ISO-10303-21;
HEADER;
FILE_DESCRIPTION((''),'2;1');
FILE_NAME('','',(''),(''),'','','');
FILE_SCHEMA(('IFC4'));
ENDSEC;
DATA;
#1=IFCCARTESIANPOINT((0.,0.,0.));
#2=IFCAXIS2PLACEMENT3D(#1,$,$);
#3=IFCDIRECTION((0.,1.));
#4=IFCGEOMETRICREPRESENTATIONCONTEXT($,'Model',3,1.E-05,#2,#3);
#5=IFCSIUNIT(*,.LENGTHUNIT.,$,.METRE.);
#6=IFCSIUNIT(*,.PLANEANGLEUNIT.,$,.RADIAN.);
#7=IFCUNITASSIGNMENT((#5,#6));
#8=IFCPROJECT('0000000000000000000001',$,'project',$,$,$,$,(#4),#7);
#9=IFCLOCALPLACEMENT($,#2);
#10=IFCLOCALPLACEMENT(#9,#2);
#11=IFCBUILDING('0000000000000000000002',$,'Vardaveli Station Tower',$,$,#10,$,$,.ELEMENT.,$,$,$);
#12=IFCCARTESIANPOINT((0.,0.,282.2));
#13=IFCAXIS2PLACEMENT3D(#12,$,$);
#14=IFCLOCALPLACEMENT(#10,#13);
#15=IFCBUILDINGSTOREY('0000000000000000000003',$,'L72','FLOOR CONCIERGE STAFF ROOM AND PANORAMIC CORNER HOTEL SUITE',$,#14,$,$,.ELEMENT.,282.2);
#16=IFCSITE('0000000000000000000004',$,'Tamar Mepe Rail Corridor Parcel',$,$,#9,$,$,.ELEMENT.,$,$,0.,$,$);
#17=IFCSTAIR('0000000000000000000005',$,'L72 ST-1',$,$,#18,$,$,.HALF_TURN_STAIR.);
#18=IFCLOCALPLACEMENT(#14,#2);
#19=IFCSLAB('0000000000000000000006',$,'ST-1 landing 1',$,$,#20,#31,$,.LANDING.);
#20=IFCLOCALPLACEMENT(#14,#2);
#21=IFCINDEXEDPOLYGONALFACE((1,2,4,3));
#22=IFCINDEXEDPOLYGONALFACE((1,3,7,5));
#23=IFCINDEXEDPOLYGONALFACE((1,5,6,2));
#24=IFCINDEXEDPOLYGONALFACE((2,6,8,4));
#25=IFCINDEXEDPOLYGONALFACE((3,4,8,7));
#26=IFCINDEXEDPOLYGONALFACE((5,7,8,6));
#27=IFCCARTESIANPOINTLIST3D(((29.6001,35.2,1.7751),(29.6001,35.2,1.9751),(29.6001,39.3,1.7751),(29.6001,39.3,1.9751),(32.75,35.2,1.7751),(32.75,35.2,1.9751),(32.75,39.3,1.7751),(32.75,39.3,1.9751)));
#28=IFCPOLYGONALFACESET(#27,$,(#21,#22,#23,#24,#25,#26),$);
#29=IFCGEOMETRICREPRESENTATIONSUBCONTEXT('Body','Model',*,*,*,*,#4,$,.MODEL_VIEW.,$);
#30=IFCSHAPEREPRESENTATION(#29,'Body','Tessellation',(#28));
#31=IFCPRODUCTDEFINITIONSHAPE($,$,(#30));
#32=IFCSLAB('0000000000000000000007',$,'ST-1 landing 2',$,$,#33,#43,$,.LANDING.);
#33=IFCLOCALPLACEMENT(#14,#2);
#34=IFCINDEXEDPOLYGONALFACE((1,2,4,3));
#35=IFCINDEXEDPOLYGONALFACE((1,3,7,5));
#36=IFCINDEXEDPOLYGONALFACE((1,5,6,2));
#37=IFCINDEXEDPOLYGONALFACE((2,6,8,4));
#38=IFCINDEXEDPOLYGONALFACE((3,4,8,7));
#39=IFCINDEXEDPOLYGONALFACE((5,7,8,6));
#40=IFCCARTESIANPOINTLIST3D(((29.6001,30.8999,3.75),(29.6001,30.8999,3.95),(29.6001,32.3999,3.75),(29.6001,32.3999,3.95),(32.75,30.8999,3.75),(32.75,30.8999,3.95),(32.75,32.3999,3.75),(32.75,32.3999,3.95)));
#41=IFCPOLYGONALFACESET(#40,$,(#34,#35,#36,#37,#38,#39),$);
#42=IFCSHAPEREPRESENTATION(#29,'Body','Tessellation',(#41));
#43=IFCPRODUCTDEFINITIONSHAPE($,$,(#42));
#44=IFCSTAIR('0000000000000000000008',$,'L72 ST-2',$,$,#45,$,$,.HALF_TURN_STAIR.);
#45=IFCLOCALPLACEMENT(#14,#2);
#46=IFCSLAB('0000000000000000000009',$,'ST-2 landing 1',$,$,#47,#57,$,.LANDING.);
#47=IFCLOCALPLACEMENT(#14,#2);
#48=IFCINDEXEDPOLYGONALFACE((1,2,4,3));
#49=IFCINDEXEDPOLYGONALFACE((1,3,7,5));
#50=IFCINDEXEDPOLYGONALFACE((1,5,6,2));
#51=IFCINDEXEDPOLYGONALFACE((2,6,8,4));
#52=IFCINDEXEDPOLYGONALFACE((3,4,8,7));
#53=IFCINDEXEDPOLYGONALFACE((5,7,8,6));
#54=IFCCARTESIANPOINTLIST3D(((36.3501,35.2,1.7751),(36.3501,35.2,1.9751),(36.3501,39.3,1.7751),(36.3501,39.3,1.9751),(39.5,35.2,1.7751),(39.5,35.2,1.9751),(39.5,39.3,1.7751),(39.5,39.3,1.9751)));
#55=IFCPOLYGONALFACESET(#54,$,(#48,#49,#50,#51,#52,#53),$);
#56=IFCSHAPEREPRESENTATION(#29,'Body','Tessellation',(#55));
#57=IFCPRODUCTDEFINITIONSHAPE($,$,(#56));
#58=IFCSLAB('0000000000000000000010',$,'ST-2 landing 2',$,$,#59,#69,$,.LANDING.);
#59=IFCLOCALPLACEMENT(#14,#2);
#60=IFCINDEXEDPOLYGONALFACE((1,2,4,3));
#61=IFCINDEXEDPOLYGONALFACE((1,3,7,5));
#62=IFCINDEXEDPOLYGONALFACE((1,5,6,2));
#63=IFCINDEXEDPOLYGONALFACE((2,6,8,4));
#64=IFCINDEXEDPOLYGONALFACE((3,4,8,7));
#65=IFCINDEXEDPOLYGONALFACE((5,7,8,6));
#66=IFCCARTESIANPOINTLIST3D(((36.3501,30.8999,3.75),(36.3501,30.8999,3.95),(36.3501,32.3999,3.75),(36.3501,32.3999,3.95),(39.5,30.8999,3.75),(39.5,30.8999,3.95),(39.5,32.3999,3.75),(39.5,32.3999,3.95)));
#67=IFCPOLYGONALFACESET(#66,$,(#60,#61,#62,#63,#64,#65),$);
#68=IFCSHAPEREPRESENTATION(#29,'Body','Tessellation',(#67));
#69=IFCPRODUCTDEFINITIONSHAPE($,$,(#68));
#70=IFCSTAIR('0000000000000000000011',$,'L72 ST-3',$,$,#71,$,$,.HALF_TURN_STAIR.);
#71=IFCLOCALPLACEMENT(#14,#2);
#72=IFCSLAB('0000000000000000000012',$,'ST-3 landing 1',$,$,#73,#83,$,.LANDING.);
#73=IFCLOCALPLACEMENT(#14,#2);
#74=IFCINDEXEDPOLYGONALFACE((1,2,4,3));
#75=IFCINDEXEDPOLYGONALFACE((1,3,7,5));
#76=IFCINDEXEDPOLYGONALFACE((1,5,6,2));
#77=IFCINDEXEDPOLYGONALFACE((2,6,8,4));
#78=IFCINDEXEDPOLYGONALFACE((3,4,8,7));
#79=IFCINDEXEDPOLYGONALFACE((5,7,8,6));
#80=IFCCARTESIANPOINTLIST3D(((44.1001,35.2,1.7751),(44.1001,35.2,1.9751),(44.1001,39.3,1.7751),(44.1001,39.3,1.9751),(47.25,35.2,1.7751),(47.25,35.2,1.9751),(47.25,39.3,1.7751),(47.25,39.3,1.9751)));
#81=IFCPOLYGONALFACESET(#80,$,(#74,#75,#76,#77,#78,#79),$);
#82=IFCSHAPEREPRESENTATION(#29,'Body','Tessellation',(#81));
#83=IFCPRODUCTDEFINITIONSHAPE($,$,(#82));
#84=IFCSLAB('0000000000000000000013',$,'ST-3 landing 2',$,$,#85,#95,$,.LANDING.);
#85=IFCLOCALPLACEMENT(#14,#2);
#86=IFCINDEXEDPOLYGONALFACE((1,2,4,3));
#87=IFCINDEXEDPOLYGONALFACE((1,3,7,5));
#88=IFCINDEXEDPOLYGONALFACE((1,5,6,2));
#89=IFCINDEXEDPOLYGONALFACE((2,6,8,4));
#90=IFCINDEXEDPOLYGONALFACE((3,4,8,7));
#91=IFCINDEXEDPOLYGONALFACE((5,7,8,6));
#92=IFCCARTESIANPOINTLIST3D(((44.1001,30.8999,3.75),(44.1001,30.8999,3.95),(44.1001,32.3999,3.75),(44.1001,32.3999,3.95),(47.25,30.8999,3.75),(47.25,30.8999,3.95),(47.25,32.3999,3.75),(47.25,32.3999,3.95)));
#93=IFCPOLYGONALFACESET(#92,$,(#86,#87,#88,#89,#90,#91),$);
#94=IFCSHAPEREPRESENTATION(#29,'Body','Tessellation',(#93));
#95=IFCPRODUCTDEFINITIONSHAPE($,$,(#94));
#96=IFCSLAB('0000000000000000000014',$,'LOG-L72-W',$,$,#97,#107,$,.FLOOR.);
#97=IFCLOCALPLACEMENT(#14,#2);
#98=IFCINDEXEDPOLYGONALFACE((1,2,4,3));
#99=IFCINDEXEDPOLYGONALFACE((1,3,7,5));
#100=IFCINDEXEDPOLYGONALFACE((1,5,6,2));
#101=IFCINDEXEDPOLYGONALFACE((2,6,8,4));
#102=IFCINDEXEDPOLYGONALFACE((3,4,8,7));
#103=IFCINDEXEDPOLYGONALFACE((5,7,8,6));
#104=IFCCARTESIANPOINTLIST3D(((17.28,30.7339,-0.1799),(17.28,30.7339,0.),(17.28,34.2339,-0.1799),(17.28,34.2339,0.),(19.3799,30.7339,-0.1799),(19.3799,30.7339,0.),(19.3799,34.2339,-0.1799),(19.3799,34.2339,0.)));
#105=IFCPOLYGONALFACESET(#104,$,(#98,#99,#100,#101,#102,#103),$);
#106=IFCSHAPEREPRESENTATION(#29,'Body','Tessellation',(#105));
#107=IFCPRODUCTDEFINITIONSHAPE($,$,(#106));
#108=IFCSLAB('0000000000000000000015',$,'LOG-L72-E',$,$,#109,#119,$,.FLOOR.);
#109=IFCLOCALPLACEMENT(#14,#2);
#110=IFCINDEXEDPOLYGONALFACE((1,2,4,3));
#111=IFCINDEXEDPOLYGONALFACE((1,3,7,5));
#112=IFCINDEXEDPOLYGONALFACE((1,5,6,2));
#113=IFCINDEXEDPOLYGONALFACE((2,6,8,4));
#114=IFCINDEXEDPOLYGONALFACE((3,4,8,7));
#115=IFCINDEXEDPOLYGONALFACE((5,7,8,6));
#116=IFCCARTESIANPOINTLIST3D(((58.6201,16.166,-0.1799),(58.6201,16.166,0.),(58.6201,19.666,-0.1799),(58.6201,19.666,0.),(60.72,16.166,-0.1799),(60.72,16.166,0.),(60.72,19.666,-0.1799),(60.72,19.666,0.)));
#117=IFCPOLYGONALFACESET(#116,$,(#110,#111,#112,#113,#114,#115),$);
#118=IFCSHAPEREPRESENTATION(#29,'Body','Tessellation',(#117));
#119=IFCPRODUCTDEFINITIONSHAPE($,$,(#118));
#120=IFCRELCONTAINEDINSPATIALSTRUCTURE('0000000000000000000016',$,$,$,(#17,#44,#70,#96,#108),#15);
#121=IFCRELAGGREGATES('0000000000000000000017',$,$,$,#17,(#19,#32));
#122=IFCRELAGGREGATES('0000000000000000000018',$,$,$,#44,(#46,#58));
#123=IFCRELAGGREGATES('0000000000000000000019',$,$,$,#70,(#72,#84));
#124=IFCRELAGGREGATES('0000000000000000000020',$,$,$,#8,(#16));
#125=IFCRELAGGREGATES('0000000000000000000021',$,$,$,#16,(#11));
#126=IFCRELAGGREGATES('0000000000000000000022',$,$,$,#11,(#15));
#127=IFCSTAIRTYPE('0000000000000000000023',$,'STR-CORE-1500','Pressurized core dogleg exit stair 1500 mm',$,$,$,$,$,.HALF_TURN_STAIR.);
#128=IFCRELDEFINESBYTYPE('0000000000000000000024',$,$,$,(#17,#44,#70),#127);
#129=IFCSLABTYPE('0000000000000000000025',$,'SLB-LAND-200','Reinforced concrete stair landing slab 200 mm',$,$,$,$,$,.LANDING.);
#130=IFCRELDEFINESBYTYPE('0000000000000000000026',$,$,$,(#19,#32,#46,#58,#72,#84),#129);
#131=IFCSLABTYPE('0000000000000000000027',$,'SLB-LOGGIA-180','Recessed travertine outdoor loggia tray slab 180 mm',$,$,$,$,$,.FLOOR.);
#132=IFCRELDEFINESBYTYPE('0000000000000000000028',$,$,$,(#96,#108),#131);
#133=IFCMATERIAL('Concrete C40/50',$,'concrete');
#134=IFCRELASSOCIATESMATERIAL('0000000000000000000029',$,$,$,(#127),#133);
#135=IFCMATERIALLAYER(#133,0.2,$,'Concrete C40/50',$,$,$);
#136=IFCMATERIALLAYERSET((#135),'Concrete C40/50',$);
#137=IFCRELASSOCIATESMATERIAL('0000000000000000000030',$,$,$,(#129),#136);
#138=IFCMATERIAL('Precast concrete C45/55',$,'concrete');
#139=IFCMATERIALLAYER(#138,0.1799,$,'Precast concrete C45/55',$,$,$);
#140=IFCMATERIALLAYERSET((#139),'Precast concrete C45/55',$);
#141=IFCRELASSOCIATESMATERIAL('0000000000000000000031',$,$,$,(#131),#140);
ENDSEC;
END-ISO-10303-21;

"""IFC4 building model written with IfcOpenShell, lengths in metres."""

from ifc_helpers import new_model, si_unit, direction, frame, origin, place, context, subcontext, project, spatial, polyline, outline, extrude, material, layer, layer_set, type_object, element, aggregate, save


model = new_model("IFC4")

# Units and contexts
model_context = context("Model", 3, precision=1e-05, world=origin(), true_north=direction((0.0, 1.0)))
body_context = subcontext(model_context, "Body", "Model", "MODEL_VIEW")
ifc_project = project(units=[si_unit("LENGTHUNIT", "METRE"), si_unit("PLANEANGLEUNIT", "RADIAN")], contexts=[model_context])

# Site, building, storey
site_placement = place(None, origin())
site = spatial("IfcSite", under=ifc_project, at=site_placement, Name="Tamar Mepe Rail Corridor Parcel", CompositionType="ELEMENT", RefElevation=0.0)
building_placement = place(site_placement, origin())
building = spatial("IfcBuilding", under=site, at=building_placement, Name="Vardaveli Station Tower", CompositionType="ELEMENT")
storey_placement = place(building_placement, frame((0.0, 0.0, 282.2)))
storey = spatial("IfcBuildingStorey", under=building, at=storey_placement, Name="L72", Description="FLOOR CONCIERGE STAFF ROOM AND PANORAMIC CORNER HOTEL SUITE", CompositionType="ELEMENT", Elevation=282.2)

# Stairs, slabs
ifc_material_1 = material(Name="Concrete C40/50", Category="concrete")
stair_type = type_object("IfcStairType", Name="STR-CORE-1500", Description="Pressurized core dogleg exit stair 1500 mm", PredefinedType="HALF_TURN_STAIR", material=ifc_material_1)
stair_1_placement = place(storey_placement, origin())
stair_1 = element("IfcStair", 1, at=stair_1_placement, inside=storey, type_object=stair_type, Name="L72 ST-1", PredefinedType="HALF_TURN_STAIR")
ifc_layer_1 = layer(ifc_material_1, 0.2, Name="Concrete C40/50")
ifc_layer_set_1 = layer_set([ifc_layer_1], Name="Concrete C40/50")
slab_type_1 = type_object("IfcSlabType", Name="SLB-LAND-200", Description="Reinforced concrete stair landing slab 200 mm", PredefinedType="LANDING", material=ifc_layer_set_1)
slab_1_placement = place(storey_placement, frame((0.0, 0.0, 1.7751)))
slab_1 = element("IfcSlab", 2, at=slab_1_placement, type_object=slab_type_1, Name="ST-1 landing 1", PredefinedType="LANDING", context=body_context, shape_type="SweptSolid", body=[
    extrude(outline(polyline([(32.75, 35.2), (32.75, 39.3), (29.6001, 39.3), (29.6001, 35.2), (32.75, 35.2)])), origin(), (0.0, 0.0, 1.0), 0.2),
])
slab_2_placement = place(storey_placement, frame((0.0, 0.0, 3.75)))
slab_2 = element("IfcSlab", 3, at=slab_2_placement, type_object=slab_type_1, Name="ST-1 landing 2", PredefinedType="LANDING", context=body_context, shape_type="SweptSolid", body=[
    extrude(outline(polyline([(32.75, 30.8999), (32.75, 32.3999), (29.6001, 32.3999), (29.6001, 30.8999), (32.75, 30.8999)])), origin(), (0.0, 0.0, 1.0), 0.2),
])
aggregate(stair_1, [slab_1, slab_2])
stair_2_placement = place(storey_placement, origin())
stair_2 = element("IfcStair", 4, at=stair_2_placement, inside=storey, type_object=stair_type, Name="L72 ST-2", PredefinedType="HALF_TURN_STAIR")
slab_3_placement = place(storey_placement, frame((0.0, 0.0, 1.7751)))
slab_3 = element("IfcSlab", 5, at=slab_3_placement, type_object=slab_type_1, Name="ST-2 landing 1", PredefinedType="LANDING", context=body_context, shape_type="SweptSolid", body=[
    extrude(outline(polyline([(39.5, 35.2), (39.5, 39.3), (36.3501, 39.3), (36.3501, 35.2), (39.5, 35.2)])), origin(), (0.0, 0.0, 1.0), 0.2),
])
slab_4_placement = place(storey_placement, frame((0.0, 0.0, 3.75)))
slab_4 = element("IfcSlab", 6, at=slab_4_placement, type_object=slab_type_1, Name="ST-2 landing 2", PredefinedType="LANDING", context=body_context, shape_type="SweptSolid", body=[
    extrude(outline(polyline([(39.5, 30.8999), (39.5, 32.3999), (36.3501, 32.3999), (36.3501, 30.8999), (39.5, 30.8999)])), origin(), (0.0, 0.0, 1.0), 0.2),
])
aggregate(stair_2, [slab_3, slab_4])
stair_3_placement = place(storey_placement, origin())
stair_3 = element("IfcStair", 7, at=stair_3_placement, inside=storey, type_object=stair_type, Name="L72 ST-3", PredefinedType="HALF_TURN_STAIR")
slab_5_placement = place(storey_placement, frame((0.0, 0.0, 1.7751)))
slab_5 = element("IfcSlab", 8, at=slab_5_placement, type_object=slab_type_1, Name="ST-3 landing 1", PredefinedType="LANDING", context=body_context, shape_type="SweptSolid", body=[
    extrude(outline(polyline([(47.25, 35.2), (47.25, 39.3), (44.1001, 39.3), (44.1001, 35.2), (47.25, 35.2)])), origin(), (0.0, 0.0, 1.0), 0.2),
])
slab_6_placement = place(storey_placement, frame((0.0, 0.0, 3.75)))
slab_6 = element("IfcSlab", 9, at=slab_6_placement, type_object=slab_type_1, Name="ST-3 landing 2", PredefinedType="LANDING", context=body_context, shape_type="SweptSolid", body=[
    extrude(outline(polyline([(47.25, 30.8999), (47.25, 32.3999), (44.1001, 32.3999), (44.1001, 30.8999), (47.25, 30.8999)])), origin(), (0.0, 0.0, 1.0), 0.2),
])
aggregate(stair_3, [slab_5, slab_6])

# Slabs
ifc_material_2 = material(Name="Precast concrete C45/55", Category="concrete")
ifc_layer_2 = layer(ifc_material_2, 0.1799, Name="Precast concrete C45/55")
ifc_layer_set_2 = layer_set([ifc_layer_2], Name="Precast concrete C45/55")
slab_type_2 = type_object("IfcSlabType", Name="SLB-LOGGIA-180", Description="Recessed travertine outdoor loggia tray slab 180 mm", PredefinedType="FLOOR", material=ifc_layer_set_2)
slab_7_placement = place(storey_placement, frame((0.0, 0.0, -0.1799)))
element("IfcSlab", 10, at=slab_7_placement, inside=storey, type_object=slab_type_2, Name="LOG-L72-W", PredefinedType="FLOOR", context=body_context, shape_type="SweptSolid", body=[
    extrude(outline(polyline([(17.28, 30.7339), (19.3799, 30.7339), (19.3799, 34.2339), (17.28, 34.2339), (17.28, 30.7339)])), origin(), (0.0, 0.0, 1.0), 0.1799),
])
slab_8_placement = place(storey_placement, frame((0.0, 0.0, -0.1799)))
element("IfcSlab", 11, at=slab_8_placement, inside=storey, type_object=slab_type_2, Name="LOG-L72-E", PredefinedType="FLOOR", context=body_context, shape_type="SweptSolid", body=[
    extrude(outline(polyline([(58.6201, 16.166), (60.72, 16.166), (60.72, 19.666), (58.6201, 19.666), (58.6201, 16.166)])), origin(), (0.0, 0.0, 1.0), 0.1799),
])

save(model, "model.ifc")
